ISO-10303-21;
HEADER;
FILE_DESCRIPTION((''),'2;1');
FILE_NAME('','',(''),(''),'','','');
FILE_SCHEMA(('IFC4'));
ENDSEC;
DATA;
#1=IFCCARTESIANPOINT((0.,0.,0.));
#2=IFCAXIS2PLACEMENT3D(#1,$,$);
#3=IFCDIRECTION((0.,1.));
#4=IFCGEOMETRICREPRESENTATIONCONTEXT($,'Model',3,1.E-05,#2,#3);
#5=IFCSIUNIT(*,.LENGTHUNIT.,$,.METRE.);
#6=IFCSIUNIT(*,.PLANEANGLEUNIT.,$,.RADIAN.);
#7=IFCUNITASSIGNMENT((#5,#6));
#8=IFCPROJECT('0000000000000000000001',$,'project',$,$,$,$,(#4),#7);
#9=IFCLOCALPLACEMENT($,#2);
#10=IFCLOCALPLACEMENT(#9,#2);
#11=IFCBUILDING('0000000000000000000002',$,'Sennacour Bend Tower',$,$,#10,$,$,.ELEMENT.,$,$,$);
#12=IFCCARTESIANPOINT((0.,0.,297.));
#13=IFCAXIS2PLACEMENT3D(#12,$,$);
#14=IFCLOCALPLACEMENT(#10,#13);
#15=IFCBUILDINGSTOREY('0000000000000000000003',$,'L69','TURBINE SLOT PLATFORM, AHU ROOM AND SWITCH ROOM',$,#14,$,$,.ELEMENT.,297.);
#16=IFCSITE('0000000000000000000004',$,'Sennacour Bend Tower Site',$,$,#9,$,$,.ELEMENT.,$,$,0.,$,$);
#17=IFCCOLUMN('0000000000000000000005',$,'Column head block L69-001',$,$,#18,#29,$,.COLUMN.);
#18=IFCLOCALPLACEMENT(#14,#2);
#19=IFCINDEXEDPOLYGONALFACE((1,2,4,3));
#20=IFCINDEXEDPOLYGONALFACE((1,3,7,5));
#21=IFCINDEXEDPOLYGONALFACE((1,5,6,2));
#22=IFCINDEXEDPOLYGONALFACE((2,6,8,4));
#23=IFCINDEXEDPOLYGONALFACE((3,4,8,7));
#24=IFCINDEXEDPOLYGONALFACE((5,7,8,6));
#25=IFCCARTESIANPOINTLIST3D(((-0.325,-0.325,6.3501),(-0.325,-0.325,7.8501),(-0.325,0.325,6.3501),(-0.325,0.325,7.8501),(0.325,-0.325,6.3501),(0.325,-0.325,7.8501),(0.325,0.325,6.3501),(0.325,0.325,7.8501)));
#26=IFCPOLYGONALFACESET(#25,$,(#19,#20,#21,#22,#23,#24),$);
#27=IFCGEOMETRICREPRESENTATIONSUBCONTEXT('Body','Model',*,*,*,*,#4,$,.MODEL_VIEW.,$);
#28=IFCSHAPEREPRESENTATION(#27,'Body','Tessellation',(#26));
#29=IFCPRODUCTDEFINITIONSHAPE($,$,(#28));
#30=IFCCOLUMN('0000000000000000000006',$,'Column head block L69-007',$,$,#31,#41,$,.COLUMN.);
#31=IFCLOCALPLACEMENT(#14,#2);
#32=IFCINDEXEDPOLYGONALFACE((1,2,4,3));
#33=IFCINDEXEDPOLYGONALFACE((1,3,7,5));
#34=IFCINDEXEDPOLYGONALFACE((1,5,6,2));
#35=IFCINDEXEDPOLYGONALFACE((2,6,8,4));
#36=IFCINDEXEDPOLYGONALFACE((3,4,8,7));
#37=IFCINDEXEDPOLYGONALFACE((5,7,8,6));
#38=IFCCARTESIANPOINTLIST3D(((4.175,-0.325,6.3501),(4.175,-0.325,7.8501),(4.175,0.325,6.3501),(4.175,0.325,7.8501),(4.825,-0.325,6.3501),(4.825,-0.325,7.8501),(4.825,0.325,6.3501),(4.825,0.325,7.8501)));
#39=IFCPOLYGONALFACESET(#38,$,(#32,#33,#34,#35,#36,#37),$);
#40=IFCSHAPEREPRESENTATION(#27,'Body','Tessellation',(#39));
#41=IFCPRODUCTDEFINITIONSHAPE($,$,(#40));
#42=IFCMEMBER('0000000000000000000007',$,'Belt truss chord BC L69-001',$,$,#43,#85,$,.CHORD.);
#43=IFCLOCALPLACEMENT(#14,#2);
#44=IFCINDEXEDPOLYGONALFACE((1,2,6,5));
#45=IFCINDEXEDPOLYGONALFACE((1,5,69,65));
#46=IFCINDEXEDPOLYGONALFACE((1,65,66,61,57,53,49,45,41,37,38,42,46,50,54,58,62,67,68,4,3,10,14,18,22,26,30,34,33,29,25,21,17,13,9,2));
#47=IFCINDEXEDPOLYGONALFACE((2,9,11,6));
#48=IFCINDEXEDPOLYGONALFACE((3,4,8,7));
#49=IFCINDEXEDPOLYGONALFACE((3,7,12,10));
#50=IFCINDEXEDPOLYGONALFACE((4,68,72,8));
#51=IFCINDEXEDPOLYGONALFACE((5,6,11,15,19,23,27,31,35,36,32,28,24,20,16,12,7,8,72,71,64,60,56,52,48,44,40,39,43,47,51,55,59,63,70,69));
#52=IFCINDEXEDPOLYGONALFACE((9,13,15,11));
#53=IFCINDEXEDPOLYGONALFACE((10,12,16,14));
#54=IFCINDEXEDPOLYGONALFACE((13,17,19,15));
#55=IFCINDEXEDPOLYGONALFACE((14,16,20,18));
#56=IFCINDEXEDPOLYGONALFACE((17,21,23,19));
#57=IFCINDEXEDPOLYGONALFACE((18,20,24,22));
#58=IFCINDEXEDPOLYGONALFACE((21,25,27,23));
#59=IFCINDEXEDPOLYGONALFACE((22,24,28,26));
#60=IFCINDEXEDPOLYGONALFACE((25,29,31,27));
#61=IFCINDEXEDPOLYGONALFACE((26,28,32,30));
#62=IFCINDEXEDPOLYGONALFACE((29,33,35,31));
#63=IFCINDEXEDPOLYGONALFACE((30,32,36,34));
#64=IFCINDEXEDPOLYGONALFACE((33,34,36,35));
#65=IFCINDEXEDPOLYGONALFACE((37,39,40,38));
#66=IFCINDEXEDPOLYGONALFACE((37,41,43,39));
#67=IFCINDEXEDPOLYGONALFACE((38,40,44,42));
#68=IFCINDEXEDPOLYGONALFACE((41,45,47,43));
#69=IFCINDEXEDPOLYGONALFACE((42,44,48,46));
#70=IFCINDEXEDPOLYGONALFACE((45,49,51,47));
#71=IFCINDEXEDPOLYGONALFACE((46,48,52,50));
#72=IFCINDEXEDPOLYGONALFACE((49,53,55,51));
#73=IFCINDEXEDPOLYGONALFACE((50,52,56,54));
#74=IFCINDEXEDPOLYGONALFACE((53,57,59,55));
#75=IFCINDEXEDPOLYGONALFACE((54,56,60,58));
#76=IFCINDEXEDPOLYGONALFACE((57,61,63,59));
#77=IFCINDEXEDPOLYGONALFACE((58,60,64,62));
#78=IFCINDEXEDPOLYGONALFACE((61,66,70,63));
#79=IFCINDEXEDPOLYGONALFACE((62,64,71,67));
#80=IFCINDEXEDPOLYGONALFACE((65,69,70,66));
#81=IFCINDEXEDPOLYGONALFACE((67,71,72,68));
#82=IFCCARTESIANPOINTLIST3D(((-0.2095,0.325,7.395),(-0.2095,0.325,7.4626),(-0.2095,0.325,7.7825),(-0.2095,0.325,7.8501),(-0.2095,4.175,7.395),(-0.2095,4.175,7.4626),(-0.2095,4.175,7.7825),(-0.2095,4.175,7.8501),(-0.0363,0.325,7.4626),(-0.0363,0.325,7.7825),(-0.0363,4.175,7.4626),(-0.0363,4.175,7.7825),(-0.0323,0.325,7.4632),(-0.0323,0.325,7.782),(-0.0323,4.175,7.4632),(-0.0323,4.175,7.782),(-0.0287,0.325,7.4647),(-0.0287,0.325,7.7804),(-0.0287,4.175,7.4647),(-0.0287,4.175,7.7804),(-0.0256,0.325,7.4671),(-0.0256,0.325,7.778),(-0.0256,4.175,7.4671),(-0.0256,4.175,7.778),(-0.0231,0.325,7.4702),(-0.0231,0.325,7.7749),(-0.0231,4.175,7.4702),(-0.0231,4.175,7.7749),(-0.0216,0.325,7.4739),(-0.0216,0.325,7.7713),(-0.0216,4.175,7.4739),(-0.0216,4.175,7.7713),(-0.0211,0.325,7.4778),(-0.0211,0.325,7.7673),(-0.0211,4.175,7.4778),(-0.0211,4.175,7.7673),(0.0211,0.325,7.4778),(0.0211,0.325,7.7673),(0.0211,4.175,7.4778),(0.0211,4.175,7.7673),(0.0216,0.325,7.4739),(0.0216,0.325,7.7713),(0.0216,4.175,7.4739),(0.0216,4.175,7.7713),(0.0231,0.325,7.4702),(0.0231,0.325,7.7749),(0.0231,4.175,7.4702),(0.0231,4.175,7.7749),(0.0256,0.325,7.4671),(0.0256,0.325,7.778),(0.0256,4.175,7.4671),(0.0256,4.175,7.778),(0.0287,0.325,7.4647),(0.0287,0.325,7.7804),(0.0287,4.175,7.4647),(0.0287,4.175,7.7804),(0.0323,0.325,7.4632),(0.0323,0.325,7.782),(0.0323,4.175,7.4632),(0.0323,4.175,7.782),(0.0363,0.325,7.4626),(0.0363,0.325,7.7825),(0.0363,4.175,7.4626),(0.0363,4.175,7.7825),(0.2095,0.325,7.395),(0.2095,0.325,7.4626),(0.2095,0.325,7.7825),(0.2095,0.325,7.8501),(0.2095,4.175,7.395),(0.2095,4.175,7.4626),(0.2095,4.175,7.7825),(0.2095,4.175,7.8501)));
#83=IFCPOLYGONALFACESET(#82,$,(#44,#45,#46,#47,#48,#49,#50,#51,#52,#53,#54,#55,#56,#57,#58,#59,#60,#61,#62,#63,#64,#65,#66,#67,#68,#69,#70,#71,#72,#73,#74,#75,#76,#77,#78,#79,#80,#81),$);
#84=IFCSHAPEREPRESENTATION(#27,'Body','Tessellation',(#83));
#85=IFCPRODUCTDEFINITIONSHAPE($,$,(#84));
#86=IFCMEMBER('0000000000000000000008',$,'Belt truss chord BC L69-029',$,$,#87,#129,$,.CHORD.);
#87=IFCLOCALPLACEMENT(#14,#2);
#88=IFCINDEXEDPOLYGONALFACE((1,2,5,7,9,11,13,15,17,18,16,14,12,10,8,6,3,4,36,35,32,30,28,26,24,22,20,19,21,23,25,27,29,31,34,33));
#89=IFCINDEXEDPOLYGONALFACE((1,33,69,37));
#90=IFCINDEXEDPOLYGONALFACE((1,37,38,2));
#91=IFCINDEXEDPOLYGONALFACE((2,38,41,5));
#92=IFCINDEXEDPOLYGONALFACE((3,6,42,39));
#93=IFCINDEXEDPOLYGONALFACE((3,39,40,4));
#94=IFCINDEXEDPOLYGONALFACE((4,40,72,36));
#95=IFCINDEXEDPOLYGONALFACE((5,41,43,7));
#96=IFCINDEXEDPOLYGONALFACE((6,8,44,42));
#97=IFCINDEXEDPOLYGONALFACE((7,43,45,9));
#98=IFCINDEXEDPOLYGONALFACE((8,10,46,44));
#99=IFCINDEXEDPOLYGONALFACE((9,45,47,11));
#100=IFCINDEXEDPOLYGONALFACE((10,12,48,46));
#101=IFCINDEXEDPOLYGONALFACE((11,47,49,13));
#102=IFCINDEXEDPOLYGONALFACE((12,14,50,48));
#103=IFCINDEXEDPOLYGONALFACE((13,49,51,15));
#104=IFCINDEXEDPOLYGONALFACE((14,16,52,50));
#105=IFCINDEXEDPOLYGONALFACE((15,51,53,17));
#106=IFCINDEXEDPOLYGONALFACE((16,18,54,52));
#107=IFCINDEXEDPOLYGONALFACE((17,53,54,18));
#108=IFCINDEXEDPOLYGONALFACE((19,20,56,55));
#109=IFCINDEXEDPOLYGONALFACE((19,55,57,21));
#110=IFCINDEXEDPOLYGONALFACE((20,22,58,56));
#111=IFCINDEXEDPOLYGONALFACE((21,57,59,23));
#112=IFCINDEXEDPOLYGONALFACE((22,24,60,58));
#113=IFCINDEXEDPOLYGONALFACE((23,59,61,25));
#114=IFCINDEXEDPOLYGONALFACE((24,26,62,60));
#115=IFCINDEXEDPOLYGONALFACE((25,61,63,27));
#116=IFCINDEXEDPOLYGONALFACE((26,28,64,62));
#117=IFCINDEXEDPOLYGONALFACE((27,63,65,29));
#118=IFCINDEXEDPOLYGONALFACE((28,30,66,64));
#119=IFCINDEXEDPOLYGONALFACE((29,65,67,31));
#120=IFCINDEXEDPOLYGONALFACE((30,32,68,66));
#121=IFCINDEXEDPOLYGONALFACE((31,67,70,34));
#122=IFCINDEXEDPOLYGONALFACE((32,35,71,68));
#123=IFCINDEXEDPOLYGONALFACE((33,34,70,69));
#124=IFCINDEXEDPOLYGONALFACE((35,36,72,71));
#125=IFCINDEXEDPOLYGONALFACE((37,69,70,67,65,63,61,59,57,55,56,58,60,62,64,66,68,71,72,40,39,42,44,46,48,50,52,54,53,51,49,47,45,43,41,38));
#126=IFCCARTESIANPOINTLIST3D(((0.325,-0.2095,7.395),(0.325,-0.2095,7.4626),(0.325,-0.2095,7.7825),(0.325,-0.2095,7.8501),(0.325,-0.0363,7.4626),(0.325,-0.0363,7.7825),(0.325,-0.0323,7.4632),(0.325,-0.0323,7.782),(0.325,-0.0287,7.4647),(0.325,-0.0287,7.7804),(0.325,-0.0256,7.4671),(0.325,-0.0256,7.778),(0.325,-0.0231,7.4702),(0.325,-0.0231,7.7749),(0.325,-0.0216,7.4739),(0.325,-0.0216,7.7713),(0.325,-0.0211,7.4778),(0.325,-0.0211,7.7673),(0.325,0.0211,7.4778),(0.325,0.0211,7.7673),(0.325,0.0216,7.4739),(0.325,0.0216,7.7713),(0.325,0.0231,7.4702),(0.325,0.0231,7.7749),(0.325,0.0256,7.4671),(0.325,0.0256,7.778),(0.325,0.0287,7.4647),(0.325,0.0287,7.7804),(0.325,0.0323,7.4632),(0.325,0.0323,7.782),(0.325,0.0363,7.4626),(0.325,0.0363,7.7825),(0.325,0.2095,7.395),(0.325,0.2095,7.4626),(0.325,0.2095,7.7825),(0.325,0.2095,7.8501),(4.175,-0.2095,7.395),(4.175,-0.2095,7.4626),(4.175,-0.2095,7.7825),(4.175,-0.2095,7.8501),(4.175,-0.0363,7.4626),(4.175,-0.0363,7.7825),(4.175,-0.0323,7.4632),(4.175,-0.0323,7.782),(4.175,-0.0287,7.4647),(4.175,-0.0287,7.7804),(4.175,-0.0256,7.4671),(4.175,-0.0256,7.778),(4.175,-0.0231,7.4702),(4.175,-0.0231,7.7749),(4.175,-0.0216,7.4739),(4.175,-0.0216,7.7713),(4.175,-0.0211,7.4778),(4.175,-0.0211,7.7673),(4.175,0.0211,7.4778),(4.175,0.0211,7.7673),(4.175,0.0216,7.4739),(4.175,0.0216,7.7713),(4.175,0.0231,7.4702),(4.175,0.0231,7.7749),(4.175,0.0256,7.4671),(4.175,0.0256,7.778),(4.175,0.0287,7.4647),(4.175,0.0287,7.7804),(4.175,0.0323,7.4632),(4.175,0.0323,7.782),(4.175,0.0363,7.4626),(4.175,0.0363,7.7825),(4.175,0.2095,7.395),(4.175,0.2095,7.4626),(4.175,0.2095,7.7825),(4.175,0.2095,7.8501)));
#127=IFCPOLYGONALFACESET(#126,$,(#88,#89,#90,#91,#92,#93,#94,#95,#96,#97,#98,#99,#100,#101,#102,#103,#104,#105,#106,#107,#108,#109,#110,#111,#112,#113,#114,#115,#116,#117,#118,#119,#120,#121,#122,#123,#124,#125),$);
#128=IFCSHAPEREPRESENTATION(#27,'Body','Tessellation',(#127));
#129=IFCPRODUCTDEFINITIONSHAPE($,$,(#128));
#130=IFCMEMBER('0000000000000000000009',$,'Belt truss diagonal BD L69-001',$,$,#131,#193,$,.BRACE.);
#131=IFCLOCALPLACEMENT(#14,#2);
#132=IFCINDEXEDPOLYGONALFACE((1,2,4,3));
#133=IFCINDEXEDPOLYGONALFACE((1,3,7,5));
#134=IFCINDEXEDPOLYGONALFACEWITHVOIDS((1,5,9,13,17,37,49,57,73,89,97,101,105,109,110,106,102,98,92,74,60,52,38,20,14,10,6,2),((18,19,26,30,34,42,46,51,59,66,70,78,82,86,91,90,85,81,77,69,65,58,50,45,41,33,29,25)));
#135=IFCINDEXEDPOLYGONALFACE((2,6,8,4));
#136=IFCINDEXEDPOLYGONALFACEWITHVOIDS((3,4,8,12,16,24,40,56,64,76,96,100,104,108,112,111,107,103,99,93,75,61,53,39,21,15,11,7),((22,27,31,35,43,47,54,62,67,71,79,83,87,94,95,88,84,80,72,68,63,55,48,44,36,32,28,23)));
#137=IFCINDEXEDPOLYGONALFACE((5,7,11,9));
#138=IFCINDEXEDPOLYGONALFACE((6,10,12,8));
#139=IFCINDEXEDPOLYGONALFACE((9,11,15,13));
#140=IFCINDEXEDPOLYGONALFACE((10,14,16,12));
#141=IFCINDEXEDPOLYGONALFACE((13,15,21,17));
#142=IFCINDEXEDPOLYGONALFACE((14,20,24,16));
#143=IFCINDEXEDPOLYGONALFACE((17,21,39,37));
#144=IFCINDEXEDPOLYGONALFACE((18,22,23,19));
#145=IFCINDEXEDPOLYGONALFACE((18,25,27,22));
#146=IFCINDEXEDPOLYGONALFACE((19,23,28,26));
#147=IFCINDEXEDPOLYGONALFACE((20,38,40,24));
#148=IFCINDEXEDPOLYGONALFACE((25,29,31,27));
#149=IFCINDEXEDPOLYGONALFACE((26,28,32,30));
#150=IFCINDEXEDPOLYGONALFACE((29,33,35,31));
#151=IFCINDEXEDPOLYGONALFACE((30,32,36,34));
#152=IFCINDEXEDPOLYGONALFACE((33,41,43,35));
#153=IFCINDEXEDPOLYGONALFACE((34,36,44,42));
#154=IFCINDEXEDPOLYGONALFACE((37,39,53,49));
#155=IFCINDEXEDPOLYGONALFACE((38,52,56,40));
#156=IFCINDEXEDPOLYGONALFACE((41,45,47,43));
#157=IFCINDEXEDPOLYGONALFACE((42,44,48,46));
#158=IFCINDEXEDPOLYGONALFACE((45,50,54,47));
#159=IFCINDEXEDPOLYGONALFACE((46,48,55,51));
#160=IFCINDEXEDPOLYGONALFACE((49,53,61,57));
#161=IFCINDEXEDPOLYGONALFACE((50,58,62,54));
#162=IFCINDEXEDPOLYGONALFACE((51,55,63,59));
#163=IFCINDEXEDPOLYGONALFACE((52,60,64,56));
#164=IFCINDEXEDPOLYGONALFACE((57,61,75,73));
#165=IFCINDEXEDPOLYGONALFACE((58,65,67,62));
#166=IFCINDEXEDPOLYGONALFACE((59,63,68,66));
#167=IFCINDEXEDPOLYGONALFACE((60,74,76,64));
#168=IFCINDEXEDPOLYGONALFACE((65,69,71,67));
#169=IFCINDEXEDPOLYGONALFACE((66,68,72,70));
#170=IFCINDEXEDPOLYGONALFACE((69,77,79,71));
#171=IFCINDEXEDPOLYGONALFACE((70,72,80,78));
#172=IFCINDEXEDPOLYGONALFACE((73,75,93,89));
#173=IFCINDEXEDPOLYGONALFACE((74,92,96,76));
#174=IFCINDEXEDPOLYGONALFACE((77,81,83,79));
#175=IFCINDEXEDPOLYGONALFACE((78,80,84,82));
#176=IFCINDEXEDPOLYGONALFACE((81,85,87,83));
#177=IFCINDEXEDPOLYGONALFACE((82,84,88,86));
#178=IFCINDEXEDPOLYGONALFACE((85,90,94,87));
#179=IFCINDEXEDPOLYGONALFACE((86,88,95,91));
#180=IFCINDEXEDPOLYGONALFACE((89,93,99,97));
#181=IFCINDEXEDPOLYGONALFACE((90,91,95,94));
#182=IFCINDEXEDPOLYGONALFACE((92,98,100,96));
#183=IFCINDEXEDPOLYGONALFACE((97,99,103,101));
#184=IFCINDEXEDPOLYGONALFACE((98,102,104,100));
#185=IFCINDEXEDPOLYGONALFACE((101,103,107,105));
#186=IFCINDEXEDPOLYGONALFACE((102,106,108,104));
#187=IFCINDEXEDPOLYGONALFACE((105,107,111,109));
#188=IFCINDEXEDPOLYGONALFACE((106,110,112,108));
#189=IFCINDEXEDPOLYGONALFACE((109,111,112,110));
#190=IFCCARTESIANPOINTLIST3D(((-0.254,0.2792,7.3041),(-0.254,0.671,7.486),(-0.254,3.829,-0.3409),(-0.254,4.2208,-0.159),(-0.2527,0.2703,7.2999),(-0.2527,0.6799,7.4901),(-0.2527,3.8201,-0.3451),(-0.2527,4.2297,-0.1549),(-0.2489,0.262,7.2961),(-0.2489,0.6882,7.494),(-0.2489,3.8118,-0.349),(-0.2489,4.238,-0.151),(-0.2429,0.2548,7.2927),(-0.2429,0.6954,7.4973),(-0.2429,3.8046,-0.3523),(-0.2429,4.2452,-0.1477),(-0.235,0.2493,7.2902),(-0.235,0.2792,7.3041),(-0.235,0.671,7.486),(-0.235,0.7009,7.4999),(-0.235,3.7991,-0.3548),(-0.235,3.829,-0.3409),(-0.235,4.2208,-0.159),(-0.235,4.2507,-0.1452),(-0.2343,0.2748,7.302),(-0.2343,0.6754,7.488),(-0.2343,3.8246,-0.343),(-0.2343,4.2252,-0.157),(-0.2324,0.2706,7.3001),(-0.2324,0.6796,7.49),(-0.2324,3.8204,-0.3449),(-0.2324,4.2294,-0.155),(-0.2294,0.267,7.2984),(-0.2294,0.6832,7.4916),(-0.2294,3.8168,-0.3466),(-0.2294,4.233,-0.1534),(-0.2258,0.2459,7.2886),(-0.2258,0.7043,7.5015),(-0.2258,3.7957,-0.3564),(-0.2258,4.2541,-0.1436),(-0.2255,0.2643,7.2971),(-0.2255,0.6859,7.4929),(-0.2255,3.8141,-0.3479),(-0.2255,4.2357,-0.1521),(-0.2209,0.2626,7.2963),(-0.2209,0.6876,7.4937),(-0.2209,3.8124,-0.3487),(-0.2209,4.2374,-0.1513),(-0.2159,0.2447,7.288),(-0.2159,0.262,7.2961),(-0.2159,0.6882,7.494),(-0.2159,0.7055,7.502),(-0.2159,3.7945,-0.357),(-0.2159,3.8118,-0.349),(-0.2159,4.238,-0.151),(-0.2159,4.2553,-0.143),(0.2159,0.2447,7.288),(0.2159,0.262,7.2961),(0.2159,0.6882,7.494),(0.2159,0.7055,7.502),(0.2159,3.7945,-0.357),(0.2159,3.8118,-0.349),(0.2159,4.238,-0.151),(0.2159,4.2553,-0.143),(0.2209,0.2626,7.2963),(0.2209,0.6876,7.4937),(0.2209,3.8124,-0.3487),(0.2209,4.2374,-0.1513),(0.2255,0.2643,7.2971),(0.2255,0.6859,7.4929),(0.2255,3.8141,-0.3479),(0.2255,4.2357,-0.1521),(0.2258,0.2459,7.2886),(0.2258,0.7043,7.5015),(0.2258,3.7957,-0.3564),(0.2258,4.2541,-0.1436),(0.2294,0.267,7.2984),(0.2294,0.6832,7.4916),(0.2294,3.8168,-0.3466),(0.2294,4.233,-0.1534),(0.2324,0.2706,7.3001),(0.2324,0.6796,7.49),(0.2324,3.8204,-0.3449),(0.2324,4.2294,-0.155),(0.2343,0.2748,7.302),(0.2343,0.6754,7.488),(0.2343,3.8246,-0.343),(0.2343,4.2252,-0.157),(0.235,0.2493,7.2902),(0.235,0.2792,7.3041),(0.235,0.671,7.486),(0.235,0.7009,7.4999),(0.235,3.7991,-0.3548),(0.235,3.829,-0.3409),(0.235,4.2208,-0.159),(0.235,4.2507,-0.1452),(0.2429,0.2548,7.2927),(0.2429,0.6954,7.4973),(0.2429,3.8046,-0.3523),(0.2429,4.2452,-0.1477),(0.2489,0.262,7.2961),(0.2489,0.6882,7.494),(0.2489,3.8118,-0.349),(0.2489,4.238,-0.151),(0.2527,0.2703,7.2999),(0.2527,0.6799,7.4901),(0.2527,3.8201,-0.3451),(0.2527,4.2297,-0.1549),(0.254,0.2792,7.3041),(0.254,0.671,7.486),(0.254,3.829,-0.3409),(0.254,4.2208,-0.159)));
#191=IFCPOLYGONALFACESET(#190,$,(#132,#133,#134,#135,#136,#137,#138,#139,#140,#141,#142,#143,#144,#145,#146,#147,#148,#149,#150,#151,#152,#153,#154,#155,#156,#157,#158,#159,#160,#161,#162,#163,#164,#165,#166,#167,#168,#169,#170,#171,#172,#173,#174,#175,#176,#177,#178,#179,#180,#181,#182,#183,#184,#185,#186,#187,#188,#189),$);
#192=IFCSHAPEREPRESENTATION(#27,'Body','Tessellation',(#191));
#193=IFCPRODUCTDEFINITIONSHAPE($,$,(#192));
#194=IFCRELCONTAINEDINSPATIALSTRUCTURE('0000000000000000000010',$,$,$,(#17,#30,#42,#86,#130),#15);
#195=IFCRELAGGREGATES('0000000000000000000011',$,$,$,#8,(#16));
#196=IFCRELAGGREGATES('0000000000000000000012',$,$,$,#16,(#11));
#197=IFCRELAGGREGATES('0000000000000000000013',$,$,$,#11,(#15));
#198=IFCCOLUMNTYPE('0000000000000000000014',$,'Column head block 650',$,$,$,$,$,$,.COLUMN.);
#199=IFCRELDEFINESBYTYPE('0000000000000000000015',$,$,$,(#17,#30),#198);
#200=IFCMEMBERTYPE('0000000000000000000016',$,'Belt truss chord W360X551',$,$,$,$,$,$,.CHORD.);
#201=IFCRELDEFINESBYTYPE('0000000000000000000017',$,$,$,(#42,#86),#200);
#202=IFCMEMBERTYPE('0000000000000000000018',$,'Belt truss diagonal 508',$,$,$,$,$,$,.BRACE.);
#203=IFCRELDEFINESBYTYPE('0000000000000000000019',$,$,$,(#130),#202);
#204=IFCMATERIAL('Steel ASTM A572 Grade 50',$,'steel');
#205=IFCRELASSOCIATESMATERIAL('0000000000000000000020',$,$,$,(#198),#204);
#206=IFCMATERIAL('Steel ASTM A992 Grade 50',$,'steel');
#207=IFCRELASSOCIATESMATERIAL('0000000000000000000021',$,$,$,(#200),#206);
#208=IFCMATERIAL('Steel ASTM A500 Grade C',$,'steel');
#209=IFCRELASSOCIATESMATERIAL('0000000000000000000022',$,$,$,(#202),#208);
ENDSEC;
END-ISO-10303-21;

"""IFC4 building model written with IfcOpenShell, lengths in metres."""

from ifc_helpers import new_model, si_unit, direction, frame, origin, origin_2d, place, context, subcontext, project, spatial, rectangle, hollow_rectangle, i_section, extrude, material, material_profile, profile_set, type_object, element, save


model = new_model("IFC4")

# Units and contexts
model_context = context("Model", 3, precision=1e-05, world=origin(), true_north=direction((0.0, 1.0)))
body_context = subcontext(model_context, "Body", "Model", "MODEL_VIEW")
ifc_project = project(units=[si_unit("LENGTHUNIT", "METRE"), si_unit("PLANEANGLEUNIT", "RADIAN")], contexts=[model_context])

# Site, building, storey
site_placement = place(None, origin())
site = spatial("IfcSite", under=ifc_project, at=site_placement, Name="Sennacour Bend Tower Site", CompositionType="ELEMENT", RefElevation=0.0)
building_placement = place(site_placement, origin())
building = spatial("IfcBuilding", under=site, at=building_placement, Name="Sennacour Bend Tower", CompositionType="ELEMENT")
storey_placement = place(building_placement, frame((0.0, 0.0, 297.0)))
storey = spatial("IfcBuildingStorey", under=building, at=storey_placement, Name="L69", Description="TURBINE SLOT PLATFORM, AHU ROOM AND SWITCH ROOM", CompositionType="ELEMENT", Elevation=297.0)

# Columns
ifc_material_1 = material(Name="Steel ASTM A572 Grade 50", Category="steel")
ifc_material_profile_1 = material_profile(ifc_material_1, rectangle(XDim=0.6499, YDim=0.6499, at=origin_2d()), Name="Steel ASTM A572 Grade 50", Category="steel")
ifc_profile_set_1 = profile_set([ifc_material_profile_1], Name="Steel ASTM A572 Grade 50")
column_type = type_object("IfcColumnType", Name="Column head block 650", PredefinedType="COLUMN", material=ifc_profile_set_1)
for number, where, z_axis, x_axis, name in (
    (1, (0.0, 0.0, 6.3501), (0.0, 0.0, 1.0), (1.0, 0.0, 0.0), "Column head block L69-001"),
    (2, (4.5, 0.0, 6.3501), (0.0, 0.0, 1.0), (1.0, 0.0, 0.0), "Column head block L69-007"),
):
    element("IfcColumn", number, at=place(storey_placement, frame(where, z_axis=z_axis, x_axis=x_axis)), inside=storey, type_object=column_type, Name=name, PredefinedType="COLUMN", context=body_context, shape_type="SweptSolid", body=[
        extrude(rectangle(XDim=0.6499, YDim=0.6499, at=origin_2d()), origin(), (0.0, 0.0, 1.0), 1.5),
    ])

# Members
ifc_material_2 = material(Name="Steel ASTM A992 Grade 50", Category="steel")
ifc_material_profile_2 = material_profile(ifc_material_2, i_section(OverallWidth=0.4189, OverallDepth=0.4551, WebThickness=0.0422, FlangeThickness=0.0676, FilletRadius=0.0151, at=origin_2d()), Name="Steel ASTM A992 Grade 50", Category="steel")
ifc_profile_set_2 = profile_set([ifc_material_profile_2], Name="Steel ASTM A992 Grade 50")
member_type_1 = type_object("IfcMemberType", Name="Belt truss chord W360X551", PredefinedType="CHORD", material=ifc_profile_set_2)
for number, where, z_axis, x_axis, name in (
    (3, (0.0, 0.325, 7.6226), (0.0, 1.0, 0.0), (-1.0, 0.0, 0.0), "Belt truss chord BC L69-001"),
    (4, (4.175, 0.0, 7.6226), (-1.0, 0.0, 0.0), (0.0, -1.0, 0.0), "Belt truss chord BC L69-029"),
):
    element("IfcMember", number, at=place(storey_placement, frame(where, z_axis=z_axis, x_axis=x_axis)), inside=storey, type_object=member_type_1, Name=name, PredefinedType="CHORD", context=body_context, shape_type="SweptSolid", body=[
        extrude(i_section(OverallWidth=0.4189, OverallDepth=0.4551, WebThickness=0.0422, FlangeThickness=0.0676, FilletRadius=0.0151, at=origin_2d()), origin(), (0.0, 0.0, 1.0), 3.8501),
    ])
ifc_material_3 = material(Name="Steel ASTM A500 Grade C", Category="steel")
ifc_material_profile_3 = material_profile(ifc_material_3, hollow_rectangle(XDim=0.5081, YDim=0.5081, WallThickness=0.019, InnerFilletRadius=0.019, OuterFilletRadius=0.0381, at=origin_2d()), Name="Steel ASTM A500 Grade C", Category="steel")
ifc_profile_set_3 = profile_set([ifc_material_profile_3], Name="Steel ASTM A500 Grade C")
member_type_2 = type_object("IfcMemberType", Name="Belt truss diagonal 508", PredefinedType="BRACE", material=ifc_profile_set_3)
for number, where, z_axis, x_axis, name in (
    (5, (0.0, 0.4751, 7.395), (0.0, 0.421144, -0.906994), (-1.0, 0.0, 0.0), "Belt truss diagonal BD L69-001"),
):
    element("IfcMember", number, at=place(storey_placement, frame(where, z_axis=z_axis, x_axis=x_axis)), inside=storey, type_object=member_type_2, Name=name, PredefinedType="BRACE", context=body_context, shape_type="SweptSolid", body=[
        extrude(hollow_rectangle(XDim=0.5081, YDim=0.5081, WallThickness=0.019, InnerFilletRadius=0.019, OuterFilletRadius=0.0381, at=origin_2d()), origin(), (0.0, 0.0, 1.0), 8.429),
    ])

save(model, "model.ifc")
